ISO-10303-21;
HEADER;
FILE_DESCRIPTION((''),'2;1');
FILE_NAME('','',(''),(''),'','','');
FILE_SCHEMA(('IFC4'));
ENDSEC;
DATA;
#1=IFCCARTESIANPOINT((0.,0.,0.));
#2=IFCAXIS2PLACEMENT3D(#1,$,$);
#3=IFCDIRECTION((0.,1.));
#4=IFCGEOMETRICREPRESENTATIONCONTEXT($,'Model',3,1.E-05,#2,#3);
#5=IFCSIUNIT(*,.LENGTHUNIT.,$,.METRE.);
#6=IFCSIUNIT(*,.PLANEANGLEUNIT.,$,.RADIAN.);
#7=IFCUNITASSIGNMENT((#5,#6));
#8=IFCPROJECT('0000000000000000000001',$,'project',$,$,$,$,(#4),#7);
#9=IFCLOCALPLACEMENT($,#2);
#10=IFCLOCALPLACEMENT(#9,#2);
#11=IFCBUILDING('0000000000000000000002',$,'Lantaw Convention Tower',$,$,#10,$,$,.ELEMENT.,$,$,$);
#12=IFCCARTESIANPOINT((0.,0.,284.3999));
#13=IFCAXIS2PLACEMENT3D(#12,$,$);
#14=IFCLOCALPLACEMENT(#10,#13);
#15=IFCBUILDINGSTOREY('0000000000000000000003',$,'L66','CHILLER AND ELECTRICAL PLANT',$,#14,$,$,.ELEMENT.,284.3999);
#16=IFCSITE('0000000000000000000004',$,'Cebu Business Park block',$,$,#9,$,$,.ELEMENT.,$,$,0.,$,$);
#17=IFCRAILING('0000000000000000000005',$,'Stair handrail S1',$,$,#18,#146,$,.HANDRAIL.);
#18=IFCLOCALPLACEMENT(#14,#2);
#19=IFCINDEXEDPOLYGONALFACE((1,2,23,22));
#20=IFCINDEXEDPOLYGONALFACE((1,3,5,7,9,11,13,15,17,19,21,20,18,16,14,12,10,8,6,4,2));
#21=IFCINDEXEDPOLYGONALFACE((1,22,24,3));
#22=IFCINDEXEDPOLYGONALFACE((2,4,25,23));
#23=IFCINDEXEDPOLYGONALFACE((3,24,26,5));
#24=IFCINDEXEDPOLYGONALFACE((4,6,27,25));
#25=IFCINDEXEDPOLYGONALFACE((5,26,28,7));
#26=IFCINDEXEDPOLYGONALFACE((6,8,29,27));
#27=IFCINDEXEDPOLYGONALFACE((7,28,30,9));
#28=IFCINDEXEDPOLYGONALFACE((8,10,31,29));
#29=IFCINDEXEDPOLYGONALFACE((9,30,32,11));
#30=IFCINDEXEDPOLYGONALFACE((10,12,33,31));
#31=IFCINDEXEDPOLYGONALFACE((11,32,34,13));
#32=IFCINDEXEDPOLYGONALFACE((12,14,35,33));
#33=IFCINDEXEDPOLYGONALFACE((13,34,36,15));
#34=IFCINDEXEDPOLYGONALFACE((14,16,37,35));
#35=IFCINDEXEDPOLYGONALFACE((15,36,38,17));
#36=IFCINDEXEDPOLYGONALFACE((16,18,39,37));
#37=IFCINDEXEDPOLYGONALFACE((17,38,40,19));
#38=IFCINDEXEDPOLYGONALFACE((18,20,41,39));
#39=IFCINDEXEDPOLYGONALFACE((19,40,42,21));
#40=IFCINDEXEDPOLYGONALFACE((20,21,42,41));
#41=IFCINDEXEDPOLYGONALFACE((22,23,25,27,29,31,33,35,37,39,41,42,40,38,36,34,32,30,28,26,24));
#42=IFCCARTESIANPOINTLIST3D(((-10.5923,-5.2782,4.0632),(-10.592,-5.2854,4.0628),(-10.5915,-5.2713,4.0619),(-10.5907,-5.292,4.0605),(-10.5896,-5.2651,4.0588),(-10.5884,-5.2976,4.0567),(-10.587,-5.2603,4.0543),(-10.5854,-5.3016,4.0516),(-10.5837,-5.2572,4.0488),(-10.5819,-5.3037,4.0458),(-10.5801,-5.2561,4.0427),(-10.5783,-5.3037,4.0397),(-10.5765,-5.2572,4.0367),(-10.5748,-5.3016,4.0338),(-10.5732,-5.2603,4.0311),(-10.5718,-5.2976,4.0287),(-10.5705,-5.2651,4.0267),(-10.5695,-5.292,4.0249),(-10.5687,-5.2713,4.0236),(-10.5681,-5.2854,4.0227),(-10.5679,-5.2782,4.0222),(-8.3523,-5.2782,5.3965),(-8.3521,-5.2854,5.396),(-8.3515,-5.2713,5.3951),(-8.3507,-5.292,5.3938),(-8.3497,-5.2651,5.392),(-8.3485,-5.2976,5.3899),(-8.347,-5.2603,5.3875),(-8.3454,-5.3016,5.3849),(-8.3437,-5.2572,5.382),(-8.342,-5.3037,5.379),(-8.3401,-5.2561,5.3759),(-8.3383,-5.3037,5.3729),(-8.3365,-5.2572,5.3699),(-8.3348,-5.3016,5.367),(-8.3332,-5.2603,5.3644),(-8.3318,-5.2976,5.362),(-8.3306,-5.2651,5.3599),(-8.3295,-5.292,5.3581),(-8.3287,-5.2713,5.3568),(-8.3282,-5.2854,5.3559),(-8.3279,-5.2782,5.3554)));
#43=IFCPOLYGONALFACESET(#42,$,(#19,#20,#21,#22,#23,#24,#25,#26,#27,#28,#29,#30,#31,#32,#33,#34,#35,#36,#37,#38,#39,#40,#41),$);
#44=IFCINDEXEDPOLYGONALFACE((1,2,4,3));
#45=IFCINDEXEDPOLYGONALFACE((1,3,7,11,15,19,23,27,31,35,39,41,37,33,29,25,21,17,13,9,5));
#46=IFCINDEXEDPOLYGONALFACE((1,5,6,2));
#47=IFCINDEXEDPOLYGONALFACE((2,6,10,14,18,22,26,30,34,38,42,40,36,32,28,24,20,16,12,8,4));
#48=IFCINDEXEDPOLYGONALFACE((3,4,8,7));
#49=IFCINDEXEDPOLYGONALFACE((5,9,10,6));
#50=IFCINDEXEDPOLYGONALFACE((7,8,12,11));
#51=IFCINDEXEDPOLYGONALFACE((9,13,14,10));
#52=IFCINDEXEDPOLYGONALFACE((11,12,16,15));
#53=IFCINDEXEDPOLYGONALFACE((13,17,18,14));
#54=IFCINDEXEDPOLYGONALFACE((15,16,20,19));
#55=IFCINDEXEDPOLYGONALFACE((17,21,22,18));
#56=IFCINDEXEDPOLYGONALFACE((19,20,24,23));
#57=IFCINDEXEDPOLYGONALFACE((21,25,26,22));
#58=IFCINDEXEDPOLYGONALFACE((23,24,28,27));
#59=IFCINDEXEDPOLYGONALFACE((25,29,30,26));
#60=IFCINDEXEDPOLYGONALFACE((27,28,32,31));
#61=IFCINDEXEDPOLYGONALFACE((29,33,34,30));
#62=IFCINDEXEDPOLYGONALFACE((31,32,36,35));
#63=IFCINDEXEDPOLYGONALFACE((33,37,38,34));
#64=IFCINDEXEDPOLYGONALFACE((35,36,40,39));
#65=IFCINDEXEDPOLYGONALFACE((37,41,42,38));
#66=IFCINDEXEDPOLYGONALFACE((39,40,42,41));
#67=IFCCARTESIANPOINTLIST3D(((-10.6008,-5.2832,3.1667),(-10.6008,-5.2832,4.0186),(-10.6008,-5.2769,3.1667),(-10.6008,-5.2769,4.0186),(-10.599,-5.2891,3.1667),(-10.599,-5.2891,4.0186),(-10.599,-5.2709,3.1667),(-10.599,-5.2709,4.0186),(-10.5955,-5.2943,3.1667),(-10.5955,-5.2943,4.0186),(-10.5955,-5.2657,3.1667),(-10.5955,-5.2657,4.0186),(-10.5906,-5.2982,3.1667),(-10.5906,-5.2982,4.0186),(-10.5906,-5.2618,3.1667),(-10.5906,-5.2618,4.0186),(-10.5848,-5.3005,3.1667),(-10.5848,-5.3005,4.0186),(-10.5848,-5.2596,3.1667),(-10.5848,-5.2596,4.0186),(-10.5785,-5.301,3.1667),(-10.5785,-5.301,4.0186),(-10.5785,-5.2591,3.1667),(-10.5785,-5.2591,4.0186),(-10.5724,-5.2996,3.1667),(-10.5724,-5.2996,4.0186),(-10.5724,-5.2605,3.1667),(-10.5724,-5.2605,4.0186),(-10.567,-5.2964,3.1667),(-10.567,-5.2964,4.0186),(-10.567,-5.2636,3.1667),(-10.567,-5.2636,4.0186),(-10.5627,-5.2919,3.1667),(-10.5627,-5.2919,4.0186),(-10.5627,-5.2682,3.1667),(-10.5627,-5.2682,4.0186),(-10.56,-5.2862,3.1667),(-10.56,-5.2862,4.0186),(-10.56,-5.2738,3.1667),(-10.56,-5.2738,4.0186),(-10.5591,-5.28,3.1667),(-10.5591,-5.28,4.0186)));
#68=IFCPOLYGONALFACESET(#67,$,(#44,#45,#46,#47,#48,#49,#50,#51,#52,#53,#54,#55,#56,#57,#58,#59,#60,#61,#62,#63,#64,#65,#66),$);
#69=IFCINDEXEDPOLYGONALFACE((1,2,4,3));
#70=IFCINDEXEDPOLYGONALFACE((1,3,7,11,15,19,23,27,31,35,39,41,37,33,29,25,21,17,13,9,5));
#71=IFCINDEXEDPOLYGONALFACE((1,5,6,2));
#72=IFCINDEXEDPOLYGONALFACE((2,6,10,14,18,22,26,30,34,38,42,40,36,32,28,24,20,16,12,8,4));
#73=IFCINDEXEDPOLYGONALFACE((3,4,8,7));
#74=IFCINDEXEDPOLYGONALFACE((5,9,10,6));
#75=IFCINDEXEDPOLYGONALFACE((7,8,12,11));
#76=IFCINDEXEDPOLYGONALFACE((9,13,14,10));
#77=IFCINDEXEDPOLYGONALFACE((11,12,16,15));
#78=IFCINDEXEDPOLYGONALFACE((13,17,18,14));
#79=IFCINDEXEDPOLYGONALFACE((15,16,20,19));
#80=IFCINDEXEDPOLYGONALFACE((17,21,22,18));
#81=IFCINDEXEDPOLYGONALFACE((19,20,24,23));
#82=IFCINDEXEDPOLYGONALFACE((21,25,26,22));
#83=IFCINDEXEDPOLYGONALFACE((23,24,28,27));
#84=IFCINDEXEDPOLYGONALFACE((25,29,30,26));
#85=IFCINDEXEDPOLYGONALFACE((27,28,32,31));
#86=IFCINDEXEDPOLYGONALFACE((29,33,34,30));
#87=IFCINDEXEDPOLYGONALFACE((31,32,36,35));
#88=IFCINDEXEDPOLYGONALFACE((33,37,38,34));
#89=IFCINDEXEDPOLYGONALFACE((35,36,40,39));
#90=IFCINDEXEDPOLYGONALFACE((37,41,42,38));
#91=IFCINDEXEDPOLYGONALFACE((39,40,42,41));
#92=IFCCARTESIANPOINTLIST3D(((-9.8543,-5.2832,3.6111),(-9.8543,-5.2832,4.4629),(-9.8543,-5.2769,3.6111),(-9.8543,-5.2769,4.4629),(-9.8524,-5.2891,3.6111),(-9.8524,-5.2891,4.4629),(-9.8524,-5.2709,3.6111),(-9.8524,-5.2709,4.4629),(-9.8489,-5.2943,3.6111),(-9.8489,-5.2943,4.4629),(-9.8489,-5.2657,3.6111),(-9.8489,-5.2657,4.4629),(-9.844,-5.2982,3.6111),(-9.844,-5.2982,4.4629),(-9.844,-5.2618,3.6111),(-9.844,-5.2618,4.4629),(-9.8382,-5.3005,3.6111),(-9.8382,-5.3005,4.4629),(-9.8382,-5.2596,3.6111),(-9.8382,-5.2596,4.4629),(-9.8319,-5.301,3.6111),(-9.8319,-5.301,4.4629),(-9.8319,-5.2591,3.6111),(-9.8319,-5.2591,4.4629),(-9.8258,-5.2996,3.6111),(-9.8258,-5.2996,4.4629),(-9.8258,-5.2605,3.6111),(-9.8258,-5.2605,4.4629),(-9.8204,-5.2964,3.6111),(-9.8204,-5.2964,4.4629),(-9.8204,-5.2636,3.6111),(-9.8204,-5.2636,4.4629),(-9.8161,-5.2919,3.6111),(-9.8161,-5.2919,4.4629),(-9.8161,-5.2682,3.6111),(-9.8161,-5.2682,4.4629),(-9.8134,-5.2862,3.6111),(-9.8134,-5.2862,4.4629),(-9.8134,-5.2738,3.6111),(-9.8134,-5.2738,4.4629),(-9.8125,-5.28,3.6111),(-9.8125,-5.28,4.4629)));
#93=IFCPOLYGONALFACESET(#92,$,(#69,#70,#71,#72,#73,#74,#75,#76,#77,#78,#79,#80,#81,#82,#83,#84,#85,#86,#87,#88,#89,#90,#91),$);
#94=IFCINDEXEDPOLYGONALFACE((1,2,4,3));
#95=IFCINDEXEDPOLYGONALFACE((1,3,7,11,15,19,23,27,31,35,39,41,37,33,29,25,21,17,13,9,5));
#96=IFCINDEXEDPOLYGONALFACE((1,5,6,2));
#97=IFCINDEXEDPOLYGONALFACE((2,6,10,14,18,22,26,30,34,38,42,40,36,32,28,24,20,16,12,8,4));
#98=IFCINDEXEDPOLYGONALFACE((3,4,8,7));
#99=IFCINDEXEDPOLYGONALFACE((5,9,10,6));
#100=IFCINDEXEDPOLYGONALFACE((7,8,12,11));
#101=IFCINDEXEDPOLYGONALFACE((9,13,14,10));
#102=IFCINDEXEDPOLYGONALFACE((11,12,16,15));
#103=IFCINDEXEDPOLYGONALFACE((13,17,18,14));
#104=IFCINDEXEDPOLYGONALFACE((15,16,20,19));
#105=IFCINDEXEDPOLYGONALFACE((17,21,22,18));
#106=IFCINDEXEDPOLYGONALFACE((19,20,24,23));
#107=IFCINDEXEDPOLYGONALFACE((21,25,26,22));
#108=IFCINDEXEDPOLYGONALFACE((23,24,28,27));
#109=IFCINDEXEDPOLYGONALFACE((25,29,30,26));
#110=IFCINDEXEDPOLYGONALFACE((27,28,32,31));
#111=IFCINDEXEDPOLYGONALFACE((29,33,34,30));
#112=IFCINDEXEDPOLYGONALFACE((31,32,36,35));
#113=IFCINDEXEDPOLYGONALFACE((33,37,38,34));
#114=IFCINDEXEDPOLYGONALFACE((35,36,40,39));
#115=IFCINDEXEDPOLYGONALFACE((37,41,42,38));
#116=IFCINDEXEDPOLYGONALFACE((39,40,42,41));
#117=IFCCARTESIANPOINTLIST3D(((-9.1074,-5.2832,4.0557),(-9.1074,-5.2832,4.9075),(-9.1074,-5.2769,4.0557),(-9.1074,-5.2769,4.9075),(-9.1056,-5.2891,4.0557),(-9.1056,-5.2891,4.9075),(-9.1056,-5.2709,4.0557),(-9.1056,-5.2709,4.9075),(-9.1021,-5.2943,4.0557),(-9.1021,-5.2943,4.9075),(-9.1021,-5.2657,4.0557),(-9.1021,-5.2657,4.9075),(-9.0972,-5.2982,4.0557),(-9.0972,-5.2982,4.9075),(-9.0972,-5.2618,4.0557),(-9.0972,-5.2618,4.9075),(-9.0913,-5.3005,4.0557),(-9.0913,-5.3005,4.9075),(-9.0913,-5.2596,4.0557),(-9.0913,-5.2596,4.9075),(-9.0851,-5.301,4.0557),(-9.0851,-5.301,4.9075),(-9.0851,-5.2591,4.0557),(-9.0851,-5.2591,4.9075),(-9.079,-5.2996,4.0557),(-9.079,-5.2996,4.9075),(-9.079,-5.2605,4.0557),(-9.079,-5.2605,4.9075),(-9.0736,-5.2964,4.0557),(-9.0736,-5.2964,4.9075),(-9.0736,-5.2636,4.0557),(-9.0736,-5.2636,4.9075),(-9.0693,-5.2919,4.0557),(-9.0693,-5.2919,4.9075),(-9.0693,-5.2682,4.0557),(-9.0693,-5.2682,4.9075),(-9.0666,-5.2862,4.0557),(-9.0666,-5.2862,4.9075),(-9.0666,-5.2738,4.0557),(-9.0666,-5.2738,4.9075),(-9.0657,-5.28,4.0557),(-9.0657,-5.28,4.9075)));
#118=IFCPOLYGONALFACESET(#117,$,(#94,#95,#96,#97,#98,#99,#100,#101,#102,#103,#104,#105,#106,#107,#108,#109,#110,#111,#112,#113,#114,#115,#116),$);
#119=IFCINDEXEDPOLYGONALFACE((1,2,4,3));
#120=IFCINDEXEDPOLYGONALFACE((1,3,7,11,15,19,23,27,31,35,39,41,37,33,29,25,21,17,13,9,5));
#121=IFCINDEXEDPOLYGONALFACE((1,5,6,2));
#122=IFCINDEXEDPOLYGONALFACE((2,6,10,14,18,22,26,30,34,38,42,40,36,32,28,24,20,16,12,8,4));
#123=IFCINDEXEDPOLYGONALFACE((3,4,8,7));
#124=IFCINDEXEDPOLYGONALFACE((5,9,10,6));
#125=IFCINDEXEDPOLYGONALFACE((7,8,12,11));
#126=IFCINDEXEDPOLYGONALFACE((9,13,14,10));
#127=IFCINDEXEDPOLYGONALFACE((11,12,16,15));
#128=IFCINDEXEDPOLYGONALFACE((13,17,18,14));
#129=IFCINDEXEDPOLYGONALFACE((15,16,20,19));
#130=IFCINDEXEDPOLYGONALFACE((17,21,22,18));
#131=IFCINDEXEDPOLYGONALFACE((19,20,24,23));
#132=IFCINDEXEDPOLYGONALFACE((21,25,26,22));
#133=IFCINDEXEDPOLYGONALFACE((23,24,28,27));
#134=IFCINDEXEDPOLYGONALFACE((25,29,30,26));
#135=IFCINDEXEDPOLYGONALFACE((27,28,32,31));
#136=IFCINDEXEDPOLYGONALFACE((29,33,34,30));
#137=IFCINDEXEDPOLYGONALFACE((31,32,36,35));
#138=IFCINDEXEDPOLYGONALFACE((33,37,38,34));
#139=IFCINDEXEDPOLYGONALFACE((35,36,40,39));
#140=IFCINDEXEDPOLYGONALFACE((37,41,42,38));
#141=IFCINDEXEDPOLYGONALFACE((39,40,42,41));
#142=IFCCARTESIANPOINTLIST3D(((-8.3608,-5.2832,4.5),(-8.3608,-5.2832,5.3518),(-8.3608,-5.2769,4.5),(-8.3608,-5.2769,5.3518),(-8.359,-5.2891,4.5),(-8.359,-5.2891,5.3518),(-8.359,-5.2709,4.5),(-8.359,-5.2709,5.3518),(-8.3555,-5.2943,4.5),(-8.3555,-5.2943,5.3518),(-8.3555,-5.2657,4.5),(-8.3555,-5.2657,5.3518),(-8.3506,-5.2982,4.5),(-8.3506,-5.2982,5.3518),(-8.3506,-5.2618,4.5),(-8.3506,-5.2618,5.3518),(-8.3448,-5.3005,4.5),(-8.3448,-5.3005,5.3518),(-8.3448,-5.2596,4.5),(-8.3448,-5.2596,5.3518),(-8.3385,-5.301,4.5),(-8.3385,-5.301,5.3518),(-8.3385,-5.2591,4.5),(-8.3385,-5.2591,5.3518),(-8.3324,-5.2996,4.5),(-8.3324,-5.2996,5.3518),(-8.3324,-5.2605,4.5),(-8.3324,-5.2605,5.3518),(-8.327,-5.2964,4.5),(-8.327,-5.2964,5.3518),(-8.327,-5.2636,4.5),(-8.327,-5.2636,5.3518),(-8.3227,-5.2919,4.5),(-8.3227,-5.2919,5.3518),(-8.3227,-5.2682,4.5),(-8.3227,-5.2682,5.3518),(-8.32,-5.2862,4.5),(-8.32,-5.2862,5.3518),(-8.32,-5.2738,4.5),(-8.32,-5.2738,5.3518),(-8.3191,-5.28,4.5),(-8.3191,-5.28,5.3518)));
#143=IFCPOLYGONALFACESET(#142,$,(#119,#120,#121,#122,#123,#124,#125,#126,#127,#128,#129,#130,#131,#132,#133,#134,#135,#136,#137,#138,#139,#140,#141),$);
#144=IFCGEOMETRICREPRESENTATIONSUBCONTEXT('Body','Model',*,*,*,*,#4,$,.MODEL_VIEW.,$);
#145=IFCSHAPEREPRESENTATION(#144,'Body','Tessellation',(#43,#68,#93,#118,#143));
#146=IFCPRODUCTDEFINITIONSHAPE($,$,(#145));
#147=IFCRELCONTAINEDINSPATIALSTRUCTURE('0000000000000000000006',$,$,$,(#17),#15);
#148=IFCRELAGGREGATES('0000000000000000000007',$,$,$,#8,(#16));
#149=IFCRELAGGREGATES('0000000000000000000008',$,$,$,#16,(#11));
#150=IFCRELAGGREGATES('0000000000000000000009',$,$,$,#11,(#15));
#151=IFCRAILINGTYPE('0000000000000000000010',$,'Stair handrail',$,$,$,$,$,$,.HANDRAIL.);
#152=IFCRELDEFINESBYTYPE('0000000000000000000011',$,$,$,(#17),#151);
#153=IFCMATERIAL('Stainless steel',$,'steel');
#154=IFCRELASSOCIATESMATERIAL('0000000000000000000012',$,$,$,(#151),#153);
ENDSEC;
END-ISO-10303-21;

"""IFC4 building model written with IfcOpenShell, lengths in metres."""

from ifc_helpers import new_model, si_unit, direction, frame, origin, origin_2d, place, context, subcontext, project, spatial, circle, extrude, material, type_object, element, save


model = new_model("IFC4")

# Units and contexts
model_context = context("Model", 3, precision=1e-05, world=origin(), true_north=direction((0.0, 1.0)))
body_context = subcontext(model_context, "Body", "Model", "MODEL_VIEW")
ifc_project = project(units=[si_unit("LENGTHUNIT", "METRE"), si_unit("PLANEANGLEUNIT", "RADIAN")], contexts=[model_context])

# Site, building, storey
site_placement = place(None, origin())
site = spatial("IfcSite", under=ifc_project, at=site_placement, Name="Cebu Business Park block", CompositionType="ELEMENT", RefElevation=0.0)
building_placement = place(site_placement, origin())
building = spatial("IfcBuilding", under=site, at=building_placement, Name="Lantaw Convention Tower", CompositionType="ELEMENT")
storey_placement = place(building_placement, frame((0.0, 0.0, 284.3999)))
storey = spatial("IfcBuildingStorey", under=building, at=storey_placement, Name="L66", Description="CHILLER AND ELECTRICAL PLANT", CompositionType="ELEMENT", Elevation=284.3999)

# Railing
ifc_material_1 = material(Name="Stainless steel", Category="steel")
railing_type = type_object("IfcRailingType", Name="Stair handrail", PredefinedType="HANDRAIL", material=ifc_material_1)
railing_1_placement = place(storey_placement, frame((-10.5801, -5.28, 3.1667)))
element("IfcRailing", 1, at=railing_1_placement, inside=storey, type_object=railing_type, Name="Stair handrail S1", PredefinedType="HANDRAIL", context=body_context, shape_type="SweptSolid", body=[
    extrude(circle(Radius=0.0239, at=origin_2d()), frame((0.0, 0.0, 0.876), z_axis=(0.859306, 0.0, 0.511462), x_axis=(0.0, 1.0, 0.0)), (0.0, 0.0, 1.0), 2.6067),
    extrude(circle(Radius=0.021, at=origin_2d()), origin(), (0.0, 0.0, 1.0), 0.8518),
    extrude(circle(Radius=0.021, at=origin_2d()), frame((0.7466, 0.0, 0.4443)), (0.0, 0.0, 1.0), 0.8518),
    extrude(circle(Radius=0.021, at=origin_2d()), frame((1.4934, 0.0, 0.8889)), (0.0, 0.0, 1.0), 0.8518),
    extrude(circle(Radius=0.021, at=origin_2d()), frame((2.24, 0.0, 1.3333)), (0.0, 0.0, 1.0), 0.8518),
])

save(model, "model.ifc")
